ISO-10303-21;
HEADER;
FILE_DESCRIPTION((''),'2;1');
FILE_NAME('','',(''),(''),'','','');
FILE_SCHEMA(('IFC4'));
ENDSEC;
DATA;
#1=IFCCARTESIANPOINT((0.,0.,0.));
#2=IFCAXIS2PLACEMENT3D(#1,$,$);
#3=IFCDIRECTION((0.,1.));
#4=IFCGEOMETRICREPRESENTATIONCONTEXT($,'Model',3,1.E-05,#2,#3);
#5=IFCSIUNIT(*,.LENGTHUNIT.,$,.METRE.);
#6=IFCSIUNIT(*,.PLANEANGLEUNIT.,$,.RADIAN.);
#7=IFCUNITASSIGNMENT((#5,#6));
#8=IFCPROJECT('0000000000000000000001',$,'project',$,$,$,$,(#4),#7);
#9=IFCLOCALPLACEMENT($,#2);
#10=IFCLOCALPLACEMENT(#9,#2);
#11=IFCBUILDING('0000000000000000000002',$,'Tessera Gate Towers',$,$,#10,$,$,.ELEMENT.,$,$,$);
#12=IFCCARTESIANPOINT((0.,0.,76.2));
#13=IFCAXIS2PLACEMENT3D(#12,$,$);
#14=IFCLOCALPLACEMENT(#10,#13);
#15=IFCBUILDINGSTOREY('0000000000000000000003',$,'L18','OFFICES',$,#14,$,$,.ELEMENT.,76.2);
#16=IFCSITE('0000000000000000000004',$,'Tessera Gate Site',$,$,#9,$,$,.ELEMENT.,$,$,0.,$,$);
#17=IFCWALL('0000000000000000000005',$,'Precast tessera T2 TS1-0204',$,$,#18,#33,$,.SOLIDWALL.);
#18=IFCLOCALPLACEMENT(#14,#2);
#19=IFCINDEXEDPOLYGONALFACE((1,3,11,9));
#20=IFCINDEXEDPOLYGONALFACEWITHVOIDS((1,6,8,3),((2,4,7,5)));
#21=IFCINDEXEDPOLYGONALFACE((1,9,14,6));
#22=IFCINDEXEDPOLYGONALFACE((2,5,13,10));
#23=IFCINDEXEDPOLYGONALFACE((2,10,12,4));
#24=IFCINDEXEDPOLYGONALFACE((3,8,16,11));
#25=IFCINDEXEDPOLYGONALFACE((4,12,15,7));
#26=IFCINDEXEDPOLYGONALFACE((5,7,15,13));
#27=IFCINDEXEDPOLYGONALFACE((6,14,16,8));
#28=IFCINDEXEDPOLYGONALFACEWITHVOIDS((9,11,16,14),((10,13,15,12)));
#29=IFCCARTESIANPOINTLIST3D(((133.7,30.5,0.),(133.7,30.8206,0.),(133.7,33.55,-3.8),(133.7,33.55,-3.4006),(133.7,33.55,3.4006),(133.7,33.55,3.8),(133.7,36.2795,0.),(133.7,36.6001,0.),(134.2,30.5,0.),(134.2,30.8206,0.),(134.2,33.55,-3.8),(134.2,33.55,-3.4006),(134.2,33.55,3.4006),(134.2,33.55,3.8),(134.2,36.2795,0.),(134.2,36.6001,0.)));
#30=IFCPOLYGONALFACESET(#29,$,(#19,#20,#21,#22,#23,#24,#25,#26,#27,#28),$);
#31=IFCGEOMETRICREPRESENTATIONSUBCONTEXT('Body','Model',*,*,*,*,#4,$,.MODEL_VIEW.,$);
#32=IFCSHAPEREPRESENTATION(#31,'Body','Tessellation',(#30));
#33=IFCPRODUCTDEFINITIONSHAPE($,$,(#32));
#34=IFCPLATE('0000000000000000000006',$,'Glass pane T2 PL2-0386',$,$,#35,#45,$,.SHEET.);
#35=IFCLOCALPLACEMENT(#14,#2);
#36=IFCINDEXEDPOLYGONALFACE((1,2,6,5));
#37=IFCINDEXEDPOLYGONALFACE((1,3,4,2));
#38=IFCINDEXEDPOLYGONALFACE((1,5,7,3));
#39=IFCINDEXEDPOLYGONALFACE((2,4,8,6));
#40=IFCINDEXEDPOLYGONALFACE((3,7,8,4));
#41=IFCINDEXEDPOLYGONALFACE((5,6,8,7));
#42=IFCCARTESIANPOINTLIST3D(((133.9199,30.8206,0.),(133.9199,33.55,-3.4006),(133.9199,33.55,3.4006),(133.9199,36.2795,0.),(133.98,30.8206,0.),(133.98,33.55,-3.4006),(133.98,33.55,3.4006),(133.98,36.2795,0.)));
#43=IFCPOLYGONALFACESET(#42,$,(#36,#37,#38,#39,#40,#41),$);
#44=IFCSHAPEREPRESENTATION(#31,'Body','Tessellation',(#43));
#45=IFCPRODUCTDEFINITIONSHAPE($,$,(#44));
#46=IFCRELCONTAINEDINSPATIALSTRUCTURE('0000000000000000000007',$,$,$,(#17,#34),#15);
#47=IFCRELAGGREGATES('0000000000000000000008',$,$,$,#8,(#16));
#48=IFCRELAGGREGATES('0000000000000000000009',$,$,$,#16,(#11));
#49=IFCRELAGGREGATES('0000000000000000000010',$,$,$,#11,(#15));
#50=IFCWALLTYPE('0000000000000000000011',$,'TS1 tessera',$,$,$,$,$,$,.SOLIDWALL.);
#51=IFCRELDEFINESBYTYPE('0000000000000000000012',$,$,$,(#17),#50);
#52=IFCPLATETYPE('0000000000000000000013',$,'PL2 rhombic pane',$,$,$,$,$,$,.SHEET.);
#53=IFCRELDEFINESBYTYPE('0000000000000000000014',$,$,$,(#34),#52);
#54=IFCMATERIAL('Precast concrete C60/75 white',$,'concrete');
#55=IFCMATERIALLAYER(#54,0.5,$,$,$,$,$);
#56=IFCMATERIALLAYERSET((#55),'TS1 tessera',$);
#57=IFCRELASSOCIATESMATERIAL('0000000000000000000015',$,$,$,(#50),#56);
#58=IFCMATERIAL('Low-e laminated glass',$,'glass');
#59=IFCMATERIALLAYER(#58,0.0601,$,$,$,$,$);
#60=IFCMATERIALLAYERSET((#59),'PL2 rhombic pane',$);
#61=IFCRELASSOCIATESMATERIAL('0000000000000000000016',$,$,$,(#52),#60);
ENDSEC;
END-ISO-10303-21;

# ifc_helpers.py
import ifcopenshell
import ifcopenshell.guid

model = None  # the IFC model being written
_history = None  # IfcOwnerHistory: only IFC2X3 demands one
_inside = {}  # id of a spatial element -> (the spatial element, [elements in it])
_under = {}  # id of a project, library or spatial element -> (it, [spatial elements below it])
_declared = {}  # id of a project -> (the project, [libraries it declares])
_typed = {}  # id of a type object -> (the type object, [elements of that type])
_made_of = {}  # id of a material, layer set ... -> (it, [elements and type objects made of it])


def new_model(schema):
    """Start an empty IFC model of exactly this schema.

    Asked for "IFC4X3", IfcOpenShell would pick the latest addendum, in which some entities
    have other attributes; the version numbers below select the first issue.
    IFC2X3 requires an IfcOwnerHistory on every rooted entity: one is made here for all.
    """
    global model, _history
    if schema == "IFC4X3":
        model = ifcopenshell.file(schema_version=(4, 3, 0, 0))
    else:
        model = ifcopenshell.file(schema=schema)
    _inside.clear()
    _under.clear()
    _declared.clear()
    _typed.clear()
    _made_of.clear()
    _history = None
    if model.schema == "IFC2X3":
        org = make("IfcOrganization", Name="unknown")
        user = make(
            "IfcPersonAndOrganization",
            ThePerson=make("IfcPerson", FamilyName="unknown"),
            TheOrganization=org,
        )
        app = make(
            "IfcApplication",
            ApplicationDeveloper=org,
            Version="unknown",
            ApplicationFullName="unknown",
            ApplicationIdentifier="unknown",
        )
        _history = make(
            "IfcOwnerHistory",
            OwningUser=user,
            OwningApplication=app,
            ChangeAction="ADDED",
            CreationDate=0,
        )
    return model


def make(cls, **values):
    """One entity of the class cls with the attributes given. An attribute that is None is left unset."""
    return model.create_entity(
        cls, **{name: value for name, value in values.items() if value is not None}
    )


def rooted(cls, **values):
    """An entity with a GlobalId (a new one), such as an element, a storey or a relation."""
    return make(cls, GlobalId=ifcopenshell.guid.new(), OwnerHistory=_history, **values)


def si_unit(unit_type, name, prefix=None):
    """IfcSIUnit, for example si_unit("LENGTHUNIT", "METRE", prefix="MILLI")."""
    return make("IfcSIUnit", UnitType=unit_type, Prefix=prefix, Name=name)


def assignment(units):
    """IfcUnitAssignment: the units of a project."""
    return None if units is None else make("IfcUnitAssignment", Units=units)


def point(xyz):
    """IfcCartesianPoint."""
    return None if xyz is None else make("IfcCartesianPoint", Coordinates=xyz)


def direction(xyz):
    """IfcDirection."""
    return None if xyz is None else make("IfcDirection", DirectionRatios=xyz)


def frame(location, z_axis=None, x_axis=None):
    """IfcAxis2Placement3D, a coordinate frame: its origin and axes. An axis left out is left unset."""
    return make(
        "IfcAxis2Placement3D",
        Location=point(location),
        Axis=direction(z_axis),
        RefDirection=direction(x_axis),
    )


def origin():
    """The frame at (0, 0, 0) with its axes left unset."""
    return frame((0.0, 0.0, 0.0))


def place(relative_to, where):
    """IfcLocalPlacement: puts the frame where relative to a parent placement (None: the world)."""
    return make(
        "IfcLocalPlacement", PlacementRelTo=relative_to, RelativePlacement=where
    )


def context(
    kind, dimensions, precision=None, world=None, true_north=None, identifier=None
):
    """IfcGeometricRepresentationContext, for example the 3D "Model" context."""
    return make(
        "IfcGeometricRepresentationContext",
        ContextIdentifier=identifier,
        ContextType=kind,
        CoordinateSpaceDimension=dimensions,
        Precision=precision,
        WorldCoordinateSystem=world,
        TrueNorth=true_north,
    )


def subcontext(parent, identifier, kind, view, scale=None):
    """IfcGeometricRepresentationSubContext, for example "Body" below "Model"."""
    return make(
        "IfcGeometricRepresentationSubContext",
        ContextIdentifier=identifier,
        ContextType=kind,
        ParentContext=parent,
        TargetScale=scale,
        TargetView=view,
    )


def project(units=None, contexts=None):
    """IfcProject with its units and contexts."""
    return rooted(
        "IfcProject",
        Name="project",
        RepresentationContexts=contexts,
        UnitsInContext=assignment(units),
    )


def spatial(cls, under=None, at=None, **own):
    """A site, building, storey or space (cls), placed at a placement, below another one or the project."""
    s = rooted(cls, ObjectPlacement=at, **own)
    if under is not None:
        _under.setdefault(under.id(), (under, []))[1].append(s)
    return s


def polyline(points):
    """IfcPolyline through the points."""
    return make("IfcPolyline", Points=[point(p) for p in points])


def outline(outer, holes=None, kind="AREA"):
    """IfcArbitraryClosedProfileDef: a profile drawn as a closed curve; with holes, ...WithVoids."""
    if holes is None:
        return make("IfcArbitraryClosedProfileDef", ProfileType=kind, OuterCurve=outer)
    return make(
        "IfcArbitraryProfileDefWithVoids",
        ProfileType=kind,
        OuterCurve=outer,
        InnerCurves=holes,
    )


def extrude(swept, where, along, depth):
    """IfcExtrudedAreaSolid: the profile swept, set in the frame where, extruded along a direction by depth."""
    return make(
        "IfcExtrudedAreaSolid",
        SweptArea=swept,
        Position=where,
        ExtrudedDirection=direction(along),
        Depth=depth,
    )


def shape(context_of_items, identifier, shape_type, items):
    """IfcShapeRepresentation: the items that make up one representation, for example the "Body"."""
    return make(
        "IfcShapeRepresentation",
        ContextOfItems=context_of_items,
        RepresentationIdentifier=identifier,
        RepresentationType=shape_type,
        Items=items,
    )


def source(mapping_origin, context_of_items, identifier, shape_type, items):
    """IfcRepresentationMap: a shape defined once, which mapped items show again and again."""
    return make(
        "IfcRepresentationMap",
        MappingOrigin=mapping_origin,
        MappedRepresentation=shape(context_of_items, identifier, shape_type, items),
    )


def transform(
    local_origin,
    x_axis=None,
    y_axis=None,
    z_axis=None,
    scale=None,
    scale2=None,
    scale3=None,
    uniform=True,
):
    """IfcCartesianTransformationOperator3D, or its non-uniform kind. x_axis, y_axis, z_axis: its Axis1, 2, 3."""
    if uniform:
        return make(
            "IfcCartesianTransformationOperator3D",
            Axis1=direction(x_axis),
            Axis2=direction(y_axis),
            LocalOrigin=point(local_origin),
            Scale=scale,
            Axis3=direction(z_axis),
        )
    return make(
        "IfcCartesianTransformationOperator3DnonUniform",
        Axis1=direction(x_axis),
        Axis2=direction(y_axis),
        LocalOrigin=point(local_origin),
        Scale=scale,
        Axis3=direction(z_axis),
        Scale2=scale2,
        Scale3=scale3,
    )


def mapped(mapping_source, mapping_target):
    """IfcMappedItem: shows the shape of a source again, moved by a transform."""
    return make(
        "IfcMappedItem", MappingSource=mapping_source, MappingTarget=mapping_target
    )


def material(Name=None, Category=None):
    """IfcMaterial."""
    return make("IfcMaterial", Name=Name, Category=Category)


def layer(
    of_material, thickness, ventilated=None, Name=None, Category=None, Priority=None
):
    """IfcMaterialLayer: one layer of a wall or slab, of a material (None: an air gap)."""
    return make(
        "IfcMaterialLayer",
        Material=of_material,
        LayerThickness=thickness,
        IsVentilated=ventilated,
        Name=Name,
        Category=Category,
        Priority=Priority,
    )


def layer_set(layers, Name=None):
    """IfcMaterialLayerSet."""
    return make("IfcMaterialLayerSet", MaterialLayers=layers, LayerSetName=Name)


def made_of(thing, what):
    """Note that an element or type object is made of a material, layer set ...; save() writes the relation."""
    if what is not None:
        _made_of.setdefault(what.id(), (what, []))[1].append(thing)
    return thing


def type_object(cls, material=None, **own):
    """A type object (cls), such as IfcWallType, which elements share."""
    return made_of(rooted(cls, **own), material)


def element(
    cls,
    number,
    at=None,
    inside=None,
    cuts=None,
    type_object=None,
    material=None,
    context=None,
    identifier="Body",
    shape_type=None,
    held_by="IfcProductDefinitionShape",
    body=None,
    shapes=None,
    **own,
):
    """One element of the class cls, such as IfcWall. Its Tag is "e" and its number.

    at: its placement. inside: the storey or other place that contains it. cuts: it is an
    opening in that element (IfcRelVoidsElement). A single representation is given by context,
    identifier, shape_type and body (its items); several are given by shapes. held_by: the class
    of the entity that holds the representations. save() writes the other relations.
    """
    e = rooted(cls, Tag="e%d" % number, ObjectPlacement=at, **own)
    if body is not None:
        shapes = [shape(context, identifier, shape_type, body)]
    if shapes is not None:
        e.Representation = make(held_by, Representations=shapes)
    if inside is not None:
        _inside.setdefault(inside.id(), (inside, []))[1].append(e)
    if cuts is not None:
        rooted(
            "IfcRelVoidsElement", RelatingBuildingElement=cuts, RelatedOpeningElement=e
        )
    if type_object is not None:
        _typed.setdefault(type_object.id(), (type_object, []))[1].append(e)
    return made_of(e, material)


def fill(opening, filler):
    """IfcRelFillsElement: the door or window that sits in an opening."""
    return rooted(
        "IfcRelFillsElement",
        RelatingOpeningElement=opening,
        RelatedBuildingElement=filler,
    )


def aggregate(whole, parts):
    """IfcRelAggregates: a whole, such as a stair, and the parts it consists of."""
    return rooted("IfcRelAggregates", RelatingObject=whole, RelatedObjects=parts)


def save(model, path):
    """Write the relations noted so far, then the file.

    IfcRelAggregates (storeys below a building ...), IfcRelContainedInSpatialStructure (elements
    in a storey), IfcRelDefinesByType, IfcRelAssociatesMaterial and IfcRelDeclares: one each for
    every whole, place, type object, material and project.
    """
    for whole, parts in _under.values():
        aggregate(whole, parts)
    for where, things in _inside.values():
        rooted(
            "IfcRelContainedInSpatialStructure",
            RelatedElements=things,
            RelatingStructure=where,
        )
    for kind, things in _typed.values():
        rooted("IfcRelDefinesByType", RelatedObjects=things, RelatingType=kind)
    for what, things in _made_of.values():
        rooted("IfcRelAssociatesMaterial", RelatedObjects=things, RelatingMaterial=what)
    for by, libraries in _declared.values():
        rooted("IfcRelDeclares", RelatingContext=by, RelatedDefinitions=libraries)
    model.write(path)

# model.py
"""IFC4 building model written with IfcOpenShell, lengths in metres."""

from ifc_helpers import new_model, si_unit, direction, frame, origin, place, context, subcontext, project, spatial, polyline, outline, extrude, source, transform, mapped, material, layer, layer_set, type_object, element, fill, save


model = new_model("IFC4")

# Units and contexts
model_context = context("Model", 3, precision=1e-05, world=origin(), true_north=direction((0.0, 1.0)))
body_context = subcontext(model_context, "Body", "Model", "MODEL_VIEW")
ifc_project = project(units=[si_unit("LENGTHUNIT", "METRE"), si_unit("PLANEANGLEUNIT", "RADIAN")], contexts=[model_context])

# Site, building, storey
site_placement = place(None, origin())
site = spatial("IfcSite", under=ifc_project, at=site_placement, Name="Tessera Gate Site", CompositionType="ELEMENT", RefElevation=0.0)
building_placement = place(site_placement, origin())
building = spatial("IfcBuilding", under=site, at=building_placement, Name="Tessera Gate Towers", CompositionType="ELEMENT")
storey_placement = place(building_placement, frame((0.0, 0.0, 76.2)))
storey = spatial("IfcBuildingStorey", under=building, at=storey_placement, Name="L18", Description="OFFICES", CompositionType="ELEMENT", Elevation=76.2)

# Wall, opening, plate
ifc_material_1 = material(Name="Precast concrete C60/75 white", Category="concrete")
ifc_layer_1 = layer(ifc_material_1, 0.5)
ifc_layer_set_1 = layer_set([ifc_layer_1], Name="TS1 tessera")
wall_type_1 = type_object("IfcWallType", Name="TS1 tessera", PredefinedType="SOLIDWALL", material=ifc_layer_set_1)
shared_shape_1 = source(origin(), body_context, "Body", "SweptSolid", [
    extrude(outline(polyline([(3.05, 0.0), (6.1001, 3.8), (3.05, 7.6001), (0.0, 3.8), (3.05, 0.0)])), frame((0.0, 0.25, 0.0), z_axis=(0.0, -1.0, 0.0), x_axis=(1.0, 0.0, 0.0)), (0.0, 0.0, 1.0), 0.5),
])
wall_1_placement = place(storey_placement, frame((133.95, 30.5, -3.8), z_axis=(0.0, 0.0, 1.0), x_axis=(0.0, 1.0, 0.0)))
wall_1 = element("IfcWall", 1, at=wall_1_placement, inside=storey, type_object=wall_type_1, Name="Precast tessera T2 TS1-0204", PredefinedType="SOLIDWALL", context=body_context, shape_type="MappedRepresentation", body=[
    mapped(shared_shape_1, transform((0.0, 0.0, 0.0), scale=1.0)),
])
shared_shape_2 = source(origin(), body_context, "Body", "SweptSolid", [
    extrude(outline(polyline([(3.05, 0.3994), (5.7795, 3.8), (3.05, 7.2007), (0.3206, 3.8), (3.05, 0.3994)])), frame((0.0, 0.26, 0.0), z_axis=(0.0, -1.0, 0.0), x_axis=(1.0, 0.0, 0.0)), (0.0, 0.0, 1.0), 0.52),
])
opening_1_placement = place(wall_1_placement, origin())
opening_1 = element("IfcOpeningElement", 2, at=opening_1_placement, cuts=wall_1, PredefinedType="OPENING", context=body_context, shape_type="MappedRepresentation", body=[
    mapped(shared_shape_2, transform((0.0, 0.0, 0.0), scale=1.0)),
])
ifc_material_2 = material(Name="Low-e laminated glass", Category="glass")
ifc_layer_2 = layer(ifc_material_2, 0.0601)
ifc_layer_set_2 = layer_set([ifc_layer_2], Name="PL2 rhombic pane")
plate_type = type_object("IfcPlateType", Name="PL2 rhombic pane", PredefinedType="SHEET", material=ifc_layer_set_2)
shared_shape_3 = source(origin(), body_context, "Body", "SweptSolid", [
    extrude(outline(polyline([(3.05, 0.3994), (5.7795, 3.8), (3.05, 7.2007), (0.3206, 3.8), (3.05, 0.3994)])), frame((0.0, 0.03, 0.0), z_axis=(0.0, -1.0, 0.0), x_axis=(1.0, 0.0, 0.0)), (0.0, 0.0, 1.0), 0.0601),
])
plate_placement = place(opening_1_placement, origin())
plate = element("IfcPlate", 3, at=plate_placement, inside=storey, type_object=plate_type, Name="Glass pane T2 PL2-0386", PredefinedType="SHEET", context=body_context, shape_type="MappedRepresentation", body=[
    mapped(shared_shape_3, transform((0.0, 0.0, 0.0), scale=1.0)),
])
fill(opening_1, plate)

save(model, "model.ifc")
